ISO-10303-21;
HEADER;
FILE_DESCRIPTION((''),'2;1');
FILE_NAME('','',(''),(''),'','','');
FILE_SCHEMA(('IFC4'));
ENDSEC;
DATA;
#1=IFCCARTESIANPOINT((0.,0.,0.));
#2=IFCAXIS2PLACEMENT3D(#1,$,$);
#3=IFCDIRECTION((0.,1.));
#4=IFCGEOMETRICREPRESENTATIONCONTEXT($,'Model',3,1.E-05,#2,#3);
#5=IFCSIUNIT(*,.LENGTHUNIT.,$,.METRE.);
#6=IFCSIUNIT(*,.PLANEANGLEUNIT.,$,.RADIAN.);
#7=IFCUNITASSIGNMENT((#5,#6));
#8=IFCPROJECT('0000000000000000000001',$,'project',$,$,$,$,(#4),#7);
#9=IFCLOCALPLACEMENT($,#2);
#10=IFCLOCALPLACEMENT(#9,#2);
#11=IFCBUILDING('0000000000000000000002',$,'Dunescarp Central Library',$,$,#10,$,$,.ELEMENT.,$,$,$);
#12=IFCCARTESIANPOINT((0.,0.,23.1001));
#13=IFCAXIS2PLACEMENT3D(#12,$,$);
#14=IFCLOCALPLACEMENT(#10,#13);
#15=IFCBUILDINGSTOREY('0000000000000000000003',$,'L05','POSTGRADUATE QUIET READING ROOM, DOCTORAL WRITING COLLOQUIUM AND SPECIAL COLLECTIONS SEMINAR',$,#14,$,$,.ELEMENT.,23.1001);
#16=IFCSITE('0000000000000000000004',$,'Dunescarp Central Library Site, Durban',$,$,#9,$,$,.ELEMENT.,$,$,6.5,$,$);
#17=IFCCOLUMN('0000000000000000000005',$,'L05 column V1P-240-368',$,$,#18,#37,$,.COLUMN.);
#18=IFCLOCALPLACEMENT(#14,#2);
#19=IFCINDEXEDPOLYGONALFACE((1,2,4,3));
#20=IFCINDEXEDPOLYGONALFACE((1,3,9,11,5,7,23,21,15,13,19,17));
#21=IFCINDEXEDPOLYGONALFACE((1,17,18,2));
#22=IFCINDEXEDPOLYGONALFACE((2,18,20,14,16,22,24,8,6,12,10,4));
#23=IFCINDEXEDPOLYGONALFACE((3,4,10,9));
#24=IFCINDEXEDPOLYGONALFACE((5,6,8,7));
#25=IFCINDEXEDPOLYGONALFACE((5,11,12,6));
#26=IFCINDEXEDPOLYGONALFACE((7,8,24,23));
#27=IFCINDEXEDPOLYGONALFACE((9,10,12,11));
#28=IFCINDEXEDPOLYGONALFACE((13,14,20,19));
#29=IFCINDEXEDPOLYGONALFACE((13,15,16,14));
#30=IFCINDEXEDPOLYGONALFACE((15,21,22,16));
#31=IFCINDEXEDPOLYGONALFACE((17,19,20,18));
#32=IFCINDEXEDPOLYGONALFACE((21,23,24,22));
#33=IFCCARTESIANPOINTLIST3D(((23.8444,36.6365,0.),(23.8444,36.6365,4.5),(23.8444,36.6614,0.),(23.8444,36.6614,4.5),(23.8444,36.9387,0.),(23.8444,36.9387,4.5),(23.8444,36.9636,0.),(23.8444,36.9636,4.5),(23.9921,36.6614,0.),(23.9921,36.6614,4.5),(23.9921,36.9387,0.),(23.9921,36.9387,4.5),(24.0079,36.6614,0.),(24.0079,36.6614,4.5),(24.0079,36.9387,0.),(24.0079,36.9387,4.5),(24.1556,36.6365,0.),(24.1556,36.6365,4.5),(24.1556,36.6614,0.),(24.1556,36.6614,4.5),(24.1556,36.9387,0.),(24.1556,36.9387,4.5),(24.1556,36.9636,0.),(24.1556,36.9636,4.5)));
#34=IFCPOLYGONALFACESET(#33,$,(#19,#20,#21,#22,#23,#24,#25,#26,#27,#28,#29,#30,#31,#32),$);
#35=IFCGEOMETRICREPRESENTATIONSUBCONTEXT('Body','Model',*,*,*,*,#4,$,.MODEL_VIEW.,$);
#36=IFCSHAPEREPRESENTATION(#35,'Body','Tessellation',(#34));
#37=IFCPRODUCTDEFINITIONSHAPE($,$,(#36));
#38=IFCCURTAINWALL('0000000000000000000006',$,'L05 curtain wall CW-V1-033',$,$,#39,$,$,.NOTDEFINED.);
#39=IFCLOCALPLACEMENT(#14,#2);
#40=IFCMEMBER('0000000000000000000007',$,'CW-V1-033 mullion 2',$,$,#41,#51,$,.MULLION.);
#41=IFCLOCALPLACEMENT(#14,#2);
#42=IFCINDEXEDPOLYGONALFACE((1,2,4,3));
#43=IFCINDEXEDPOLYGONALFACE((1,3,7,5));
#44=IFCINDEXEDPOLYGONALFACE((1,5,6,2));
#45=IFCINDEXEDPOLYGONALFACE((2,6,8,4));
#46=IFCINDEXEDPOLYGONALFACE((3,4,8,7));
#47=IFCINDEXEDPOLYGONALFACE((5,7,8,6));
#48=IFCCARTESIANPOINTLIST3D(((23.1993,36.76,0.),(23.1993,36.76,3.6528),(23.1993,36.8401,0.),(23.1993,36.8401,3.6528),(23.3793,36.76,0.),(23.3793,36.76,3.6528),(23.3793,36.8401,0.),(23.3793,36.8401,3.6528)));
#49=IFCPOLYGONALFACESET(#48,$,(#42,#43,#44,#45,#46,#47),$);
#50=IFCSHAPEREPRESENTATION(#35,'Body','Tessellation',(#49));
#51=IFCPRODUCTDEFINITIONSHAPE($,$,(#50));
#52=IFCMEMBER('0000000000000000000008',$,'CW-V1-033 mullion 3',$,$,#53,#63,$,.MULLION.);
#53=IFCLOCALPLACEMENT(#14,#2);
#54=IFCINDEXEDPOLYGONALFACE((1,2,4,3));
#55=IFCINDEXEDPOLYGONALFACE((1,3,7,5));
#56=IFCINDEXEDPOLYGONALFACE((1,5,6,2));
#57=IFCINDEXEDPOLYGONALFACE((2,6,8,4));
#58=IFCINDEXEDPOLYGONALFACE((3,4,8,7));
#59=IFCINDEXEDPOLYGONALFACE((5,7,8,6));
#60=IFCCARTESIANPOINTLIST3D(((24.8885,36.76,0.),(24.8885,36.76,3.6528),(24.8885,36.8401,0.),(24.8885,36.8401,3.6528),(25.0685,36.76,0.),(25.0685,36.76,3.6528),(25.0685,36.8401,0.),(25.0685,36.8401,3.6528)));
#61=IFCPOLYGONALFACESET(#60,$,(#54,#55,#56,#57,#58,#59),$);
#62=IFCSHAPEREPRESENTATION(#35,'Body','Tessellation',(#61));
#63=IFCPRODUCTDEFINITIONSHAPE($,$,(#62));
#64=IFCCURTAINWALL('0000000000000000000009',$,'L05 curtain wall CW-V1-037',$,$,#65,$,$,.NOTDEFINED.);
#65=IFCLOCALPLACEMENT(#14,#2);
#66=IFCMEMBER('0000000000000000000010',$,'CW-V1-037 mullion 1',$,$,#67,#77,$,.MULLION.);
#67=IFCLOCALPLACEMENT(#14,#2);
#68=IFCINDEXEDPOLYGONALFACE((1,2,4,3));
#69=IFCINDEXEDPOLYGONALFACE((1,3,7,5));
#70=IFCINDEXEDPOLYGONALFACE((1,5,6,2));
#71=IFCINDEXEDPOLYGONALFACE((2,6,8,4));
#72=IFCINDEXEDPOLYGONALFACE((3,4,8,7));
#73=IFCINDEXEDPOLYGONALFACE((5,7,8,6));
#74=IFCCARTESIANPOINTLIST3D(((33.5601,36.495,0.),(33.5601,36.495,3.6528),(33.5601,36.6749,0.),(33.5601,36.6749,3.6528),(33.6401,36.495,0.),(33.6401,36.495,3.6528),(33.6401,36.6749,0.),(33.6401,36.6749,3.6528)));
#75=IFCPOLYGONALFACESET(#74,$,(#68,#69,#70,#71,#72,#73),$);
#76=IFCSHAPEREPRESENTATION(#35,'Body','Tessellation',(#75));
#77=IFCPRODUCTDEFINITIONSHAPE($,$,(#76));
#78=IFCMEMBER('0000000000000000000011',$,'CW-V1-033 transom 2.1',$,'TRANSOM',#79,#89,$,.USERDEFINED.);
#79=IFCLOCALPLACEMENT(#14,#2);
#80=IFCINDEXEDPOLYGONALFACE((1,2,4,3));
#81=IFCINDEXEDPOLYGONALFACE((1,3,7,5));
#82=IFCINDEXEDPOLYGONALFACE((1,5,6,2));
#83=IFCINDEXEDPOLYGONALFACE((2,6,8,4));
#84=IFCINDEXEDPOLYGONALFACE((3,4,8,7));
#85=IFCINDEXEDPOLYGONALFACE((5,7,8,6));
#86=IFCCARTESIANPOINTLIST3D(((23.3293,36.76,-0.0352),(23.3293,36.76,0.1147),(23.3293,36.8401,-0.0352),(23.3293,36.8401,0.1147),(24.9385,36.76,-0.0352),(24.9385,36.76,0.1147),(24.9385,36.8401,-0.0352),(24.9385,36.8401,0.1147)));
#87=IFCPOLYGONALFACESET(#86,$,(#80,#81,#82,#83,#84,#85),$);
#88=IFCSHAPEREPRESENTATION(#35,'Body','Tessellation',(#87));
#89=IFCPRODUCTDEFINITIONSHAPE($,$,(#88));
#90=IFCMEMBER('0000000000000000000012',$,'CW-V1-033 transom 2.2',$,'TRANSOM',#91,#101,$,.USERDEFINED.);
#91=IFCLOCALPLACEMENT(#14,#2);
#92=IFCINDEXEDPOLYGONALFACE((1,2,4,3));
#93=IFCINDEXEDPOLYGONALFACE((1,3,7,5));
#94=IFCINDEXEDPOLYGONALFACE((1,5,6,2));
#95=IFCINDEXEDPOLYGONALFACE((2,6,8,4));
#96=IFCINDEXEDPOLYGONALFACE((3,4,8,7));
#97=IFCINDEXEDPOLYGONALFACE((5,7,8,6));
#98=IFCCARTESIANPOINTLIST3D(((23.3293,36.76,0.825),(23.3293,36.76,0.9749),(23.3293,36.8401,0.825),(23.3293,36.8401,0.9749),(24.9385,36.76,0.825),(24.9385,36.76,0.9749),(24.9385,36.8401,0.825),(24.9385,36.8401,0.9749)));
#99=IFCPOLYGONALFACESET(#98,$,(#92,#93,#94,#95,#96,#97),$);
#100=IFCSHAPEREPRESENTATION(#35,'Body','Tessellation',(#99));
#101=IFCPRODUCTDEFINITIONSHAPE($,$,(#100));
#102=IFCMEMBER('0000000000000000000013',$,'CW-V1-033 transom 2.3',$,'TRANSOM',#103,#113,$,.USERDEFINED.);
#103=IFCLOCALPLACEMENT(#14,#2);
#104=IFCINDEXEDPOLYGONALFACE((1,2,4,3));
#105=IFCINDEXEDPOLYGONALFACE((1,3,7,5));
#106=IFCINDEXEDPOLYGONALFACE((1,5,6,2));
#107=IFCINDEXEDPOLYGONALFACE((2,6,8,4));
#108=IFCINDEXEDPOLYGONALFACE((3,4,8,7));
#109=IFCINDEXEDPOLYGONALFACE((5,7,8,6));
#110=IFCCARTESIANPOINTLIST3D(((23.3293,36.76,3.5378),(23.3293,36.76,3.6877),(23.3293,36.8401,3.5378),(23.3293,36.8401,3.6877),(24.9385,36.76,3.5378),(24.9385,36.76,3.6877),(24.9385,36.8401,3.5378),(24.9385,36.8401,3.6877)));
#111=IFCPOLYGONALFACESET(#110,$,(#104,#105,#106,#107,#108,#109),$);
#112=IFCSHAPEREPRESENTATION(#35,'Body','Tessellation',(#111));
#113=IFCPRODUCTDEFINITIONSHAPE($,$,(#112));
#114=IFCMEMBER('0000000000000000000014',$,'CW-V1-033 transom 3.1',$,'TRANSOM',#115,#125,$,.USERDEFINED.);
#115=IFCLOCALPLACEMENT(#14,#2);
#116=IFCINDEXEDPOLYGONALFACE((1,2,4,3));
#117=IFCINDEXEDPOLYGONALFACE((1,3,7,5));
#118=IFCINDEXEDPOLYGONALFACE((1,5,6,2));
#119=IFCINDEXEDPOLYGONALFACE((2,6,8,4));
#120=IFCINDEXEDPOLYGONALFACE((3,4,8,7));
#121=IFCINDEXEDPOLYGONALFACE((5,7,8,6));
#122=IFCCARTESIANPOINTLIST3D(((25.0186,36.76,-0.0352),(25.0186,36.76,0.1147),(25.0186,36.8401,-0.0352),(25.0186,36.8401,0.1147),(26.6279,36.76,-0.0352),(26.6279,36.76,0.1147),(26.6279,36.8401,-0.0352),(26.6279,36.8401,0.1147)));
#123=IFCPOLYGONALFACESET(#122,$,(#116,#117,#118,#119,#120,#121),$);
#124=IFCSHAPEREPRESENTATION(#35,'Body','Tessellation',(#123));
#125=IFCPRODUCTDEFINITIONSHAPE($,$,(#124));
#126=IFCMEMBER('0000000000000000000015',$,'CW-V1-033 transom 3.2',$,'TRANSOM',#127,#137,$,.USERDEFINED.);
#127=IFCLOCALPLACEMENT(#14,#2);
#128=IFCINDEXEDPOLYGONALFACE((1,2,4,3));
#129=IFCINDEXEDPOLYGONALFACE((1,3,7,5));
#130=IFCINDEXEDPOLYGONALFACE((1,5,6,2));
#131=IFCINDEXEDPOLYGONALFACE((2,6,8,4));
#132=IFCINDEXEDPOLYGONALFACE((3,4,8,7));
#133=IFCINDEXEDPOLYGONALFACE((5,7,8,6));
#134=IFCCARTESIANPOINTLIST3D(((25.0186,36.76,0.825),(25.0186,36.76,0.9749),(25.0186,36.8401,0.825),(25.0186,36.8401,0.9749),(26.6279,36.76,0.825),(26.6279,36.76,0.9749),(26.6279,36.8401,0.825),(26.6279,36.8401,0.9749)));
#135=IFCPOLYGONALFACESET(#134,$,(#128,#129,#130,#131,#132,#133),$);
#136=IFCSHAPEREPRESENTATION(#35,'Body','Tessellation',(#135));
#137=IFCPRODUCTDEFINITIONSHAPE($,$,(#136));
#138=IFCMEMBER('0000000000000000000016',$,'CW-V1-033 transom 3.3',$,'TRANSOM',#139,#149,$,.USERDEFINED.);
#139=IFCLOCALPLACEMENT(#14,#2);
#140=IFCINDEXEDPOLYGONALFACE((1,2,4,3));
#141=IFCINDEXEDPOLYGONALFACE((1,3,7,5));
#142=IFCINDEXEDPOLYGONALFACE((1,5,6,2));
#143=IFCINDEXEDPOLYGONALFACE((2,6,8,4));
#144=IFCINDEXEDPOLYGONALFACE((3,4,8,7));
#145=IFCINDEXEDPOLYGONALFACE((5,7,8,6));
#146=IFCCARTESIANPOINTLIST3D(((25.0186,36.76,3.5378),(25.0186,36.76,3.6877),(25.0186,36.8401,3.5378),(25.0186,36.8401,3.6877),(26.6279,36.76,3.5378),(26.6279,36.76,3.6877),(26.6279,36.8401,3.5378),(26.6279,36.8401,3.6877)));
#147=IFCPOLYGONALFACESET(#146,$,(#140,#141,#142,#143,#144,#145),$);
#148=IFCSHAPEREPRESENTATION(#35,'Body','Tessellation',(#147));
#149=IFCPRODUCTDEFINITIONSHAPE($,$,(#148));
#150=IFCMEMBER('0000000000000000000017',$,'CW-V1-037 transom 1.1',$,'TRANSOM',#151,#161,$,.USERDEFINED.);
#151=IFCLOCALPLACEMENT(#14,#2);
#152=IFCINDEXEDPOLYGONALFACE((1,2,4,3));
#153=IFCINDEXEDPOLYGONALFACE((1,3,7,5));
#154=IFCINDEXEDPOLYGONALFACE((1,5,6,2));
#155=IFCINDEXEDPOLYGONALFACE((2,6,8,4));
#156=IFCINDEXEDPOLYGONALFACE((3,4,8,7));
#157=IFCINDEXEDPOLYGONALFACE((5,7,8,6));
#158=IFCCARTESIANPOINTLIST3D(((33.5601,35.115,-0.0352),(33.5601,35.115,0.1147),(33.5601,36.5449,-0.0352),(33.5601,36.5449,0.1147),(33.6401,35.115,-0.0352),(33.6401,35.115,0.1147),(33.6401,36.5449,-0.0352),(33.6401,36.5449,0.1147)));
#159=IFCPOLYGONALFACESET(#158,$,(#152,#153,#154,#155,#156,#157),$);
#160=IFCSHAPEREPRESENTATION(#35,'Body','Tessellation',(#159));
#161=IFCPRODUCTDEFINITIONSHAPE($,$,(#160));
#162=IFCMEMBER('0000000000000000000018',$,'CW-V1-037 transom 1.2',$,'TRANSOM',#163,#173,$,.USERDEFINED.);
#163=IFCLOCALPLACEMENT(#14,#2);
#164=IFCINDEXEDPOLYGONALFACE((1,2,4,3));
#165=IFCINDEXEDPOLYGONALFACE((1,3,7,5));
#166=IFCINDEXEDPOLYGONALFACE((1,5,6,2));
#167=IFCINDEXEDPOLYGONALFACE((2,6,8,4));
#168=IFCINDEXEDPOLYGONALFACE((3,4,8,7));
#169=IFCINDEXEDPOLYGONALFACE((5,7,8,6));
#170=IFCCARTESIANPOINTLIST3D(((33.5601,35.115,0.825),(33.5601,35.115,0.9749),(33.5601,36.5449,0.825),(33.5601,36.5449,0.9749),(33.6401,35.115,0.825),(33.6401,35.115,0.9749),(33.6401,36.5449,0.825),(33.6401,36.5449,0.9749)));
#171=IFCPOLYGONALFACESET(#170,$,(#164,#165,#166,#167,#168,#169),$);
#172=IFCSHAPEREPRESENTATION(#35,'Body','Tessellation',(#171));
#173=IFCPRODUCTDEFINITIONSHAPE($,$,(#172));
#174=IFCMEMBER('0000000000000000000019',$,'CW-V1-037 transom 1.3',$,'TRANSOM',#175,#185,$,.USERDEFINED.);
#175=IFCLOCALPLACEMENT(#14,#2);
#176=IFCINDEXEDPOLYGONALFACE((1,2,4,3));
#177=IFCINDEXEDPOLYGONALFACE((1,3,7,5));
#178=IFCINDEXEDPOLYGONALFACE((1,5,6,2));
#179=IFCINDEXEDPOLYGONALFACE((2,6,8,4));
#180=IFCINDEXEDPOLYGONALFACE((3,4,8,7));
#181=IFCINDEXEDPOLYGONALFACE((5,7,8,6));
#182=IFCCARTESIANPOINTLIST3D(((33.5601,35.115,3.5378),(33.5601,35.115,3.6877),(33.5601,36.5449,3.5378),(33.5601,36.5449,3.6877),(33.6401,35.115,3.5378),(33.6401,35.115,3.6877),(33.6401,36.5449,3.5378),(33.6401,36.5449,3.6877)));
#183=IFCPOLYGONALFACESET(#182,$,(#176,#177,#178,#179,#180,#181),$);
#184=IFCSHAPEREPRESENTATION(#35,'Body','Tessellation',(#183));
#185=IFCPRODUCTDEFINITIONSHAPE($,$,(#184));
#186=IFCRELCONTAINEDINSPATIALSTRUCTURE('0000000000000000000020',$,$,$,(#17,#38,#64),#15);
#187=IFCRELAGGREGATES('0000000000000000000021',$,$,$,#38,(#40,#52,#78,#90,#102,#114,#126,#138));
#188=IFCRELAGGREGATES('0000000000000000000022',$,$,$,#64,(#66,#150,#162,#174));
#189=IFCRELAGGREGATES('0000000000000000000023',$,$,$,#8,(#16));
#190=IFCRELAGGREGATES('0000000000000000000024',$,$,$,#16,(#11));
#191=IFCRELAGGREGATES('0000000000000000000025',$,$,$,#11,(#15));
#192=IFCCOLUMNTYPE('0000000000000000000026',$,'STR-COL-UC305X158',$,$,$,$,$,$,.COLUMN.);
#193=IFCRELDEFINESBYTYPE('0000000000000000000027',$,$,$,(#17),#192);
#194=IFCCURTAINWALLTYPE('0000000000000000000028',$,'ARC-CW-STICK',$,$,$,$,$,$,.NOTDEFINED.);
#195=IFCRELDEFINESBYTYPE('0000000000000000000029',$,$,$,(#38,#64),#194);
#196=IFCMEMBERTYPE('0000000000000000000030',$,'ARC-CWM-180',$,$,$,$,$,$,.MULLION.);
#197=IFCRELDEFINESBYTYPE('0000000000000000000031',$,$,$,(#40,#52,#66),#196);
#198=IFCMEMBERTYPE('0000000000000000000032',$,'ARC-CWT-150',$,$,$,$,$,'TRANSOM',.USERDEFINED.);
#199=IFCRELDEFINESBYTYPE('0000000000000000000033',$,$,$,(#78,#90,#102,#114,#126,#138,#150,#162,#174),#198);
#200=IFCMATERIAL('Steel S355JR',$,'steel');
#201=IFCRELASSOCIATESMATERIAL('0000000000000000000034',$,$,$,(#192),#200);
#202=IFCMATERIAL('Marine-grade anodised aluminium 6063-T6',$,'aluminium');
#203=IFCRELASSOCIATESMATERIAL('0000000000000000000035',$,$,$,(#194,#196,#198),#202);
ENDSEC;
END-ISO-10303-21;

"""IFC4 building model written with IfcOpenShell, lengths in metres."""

from ifc_helpers import new_model, si_unit, direction, frame, origin, origin_2d, place, context, subcontext, project, spatial, rectangle, i_section, extrude, material, material_profile, profile_set, type_object, element, aggregate, save


model = new_model("IFC4")

# Units and contexts
model_context = context("Model", 3, precision=1e-05, world=origin(), true_north=direction((0.0, 1.0)))
body_context = subcontext(model_context, "Body", "Model", "MODEL_VIEW")
ifc_project = project(units=[si_unit("LENGTHUNIT", "METRE"), si_unit("PLANEANGLEUNIT", "RADIAN")], contexts=[model_context])

# Site, building, storey
site_placement = place(None, origin())
site = spatial("IfcSite", under=ifc_project, at=site_placement, Name="Dunescarp Central Library Site, Durban", CompositionType="ELEMENT", RefElevation=6.5)
building_placement = place(site_placement, origin())
building = spatial("IfcBuilding", under=site, at=building_placement, Name="Dunescarp Central Library", CompositionType="ELEMENT")
storey_placement = place(building_placement, frame((0.0, 0.0, 23.1001)))
storey = spatial("IfcBuildingStorey", under=building, at=storey_placement, Name="L05", Description="POSTGRADUATE QUIET READING ROOM, DOCTORAL WRITING COLLOQUIUM AND SPECIAL COLLECTIONS SEMINAR", CompositionType="ELEMENT", Elevation=23.1001)

# Column
ifc_material_1 = material(Name="Steel S355JR", Category="steel")
ifc_material_profile_1 = material_profile(ifc_material_1, i_section(OverallWidth=0.3113, OverallDepth=0.3271, WebThickness=0.0159, FlangeThickness=0.0249, at=origin_2d()), Name="UC 305x305x158")
ifc_profile_set_1 = profile_set([ifc_material_profile_1], Name="Steel S355JR")
column_type = type_object("IfcColumnType", Name="STR-COL-UC305X158", PredefinedType="COLUMN", material=ifc_profile_set_1)
column_placement = place(storey_placement, frame((24.0, 36.8, 0.0), z_axis=(0.0, 0.0, 1.0), x_axis=(1.0, 0.0, 0.0)))
element("IfcColumn", 1, at=column_placement, inside=storey, type_object=column_type, Name="L05 column V1P-240-368", PredefinedType="COLUMN", context=body_context, shape_type="SweptSolid", body=[
    extrude(i_section(OverallWidth=0.3113, OverallDepth=0.3271, WebThickness=0.0159, FlangeThickness=0.0249, at=origin_2d()), origin(), (0.0, 0.0, 1.0), 4.5),
])

# Curtain wall, members
ifc_material_2 = material(Name="Marine-grade anodised aluminium 6063-T6", Category="aluminium")
curtain_wall_type = type_object("IfcCurtainWallType", Name="ARC-CW-STICK", PredefinedType="NOTDEFINED", material=ifc_material_2)
curtain_wall_1_placement = place(storey_placement, origin())
curtain_wall_1 = element("IfcCurtainWall", 2, at=curtain_wall_1_placement, inside=storey, type_object=curtain_wall_type, Name="L05 curtain wall CW-V1-033", PredefinedType="NOTDEFINED")
ifc_material_profile_2 = material_profile(ifc_material_2, rectangle(XDim=0.0801, YDim=0.1799, at=origin_2d()), Name="AL 80x180")
ifc_profile_set_2 = profile_set([ifc_material_profile_2], Name="Marine-grade anodised aluminium 6063-T6")
member_type_1 = type_object("IfcMemberType", Name="ARC-CWM-180", PredefinedType="MULLION", material=ifc_profile_set_2)
member_1_placement = place(storey_placement, frame((23.2893, 36.8, 0.0), z_axis=(0.0, 0.0, 1.0), x_axis=(0.0, 1.0, 0.0)))
member_1 = element("IfcMember", 3, at=member_1_placement, type_object=member_type_1, Name="CW-V1-033 mullion 2", PredefinedType="MULLION", context=body_context, shape_type="SweptSolid", body=[
    extrude(rectangle(XDim=0.0801, YDim=0.1799, at=origin_2d()), origin(), (0.0, 0.0, 1.0), 3.6528),
])
member_2_placement = place(storey_placement, frame((24.9785, 36.8, 0.0), z_axis=(0.0, 0.0, 1.0), x_axis=(0.0, 1.0, 0.0)))
member_2 = element("IfcMember", 4, at=member_2_placement, type_object=member_type_1, Name="CW-V1-033 mullion 3", PredefinedType="MULLION", context=body_context, shape_type="SweptSolid", body=[
    extrude(rectangle(XDim=0.0801, YDim=0.1799, at=origin_2d()), origin(), (0.0, 0.0, 1.0), 3.6528),
])

# Curtain wall, member
curtain_wall_2_placement = place(storey_placement, origin())
curtain_wall_2 = element("IfcCurtainWall", 5, at=curtain_wall_2_placement, inside=storey, type_object=curtain_wall_type, Name="L05 curtain wall CW-V1-037", PredefinedType="NOTDEFINED")
member_3_placement = place(storey_placement, frame((33.6001, 36.585, 0.0), z_axis=(0.0, 0.0, 1.0), x_axis=(1.0, 0.0, 0.0)))
member_3 = element("IfcMember", 6, at=member_3_placement, type_object=member_type_1, Name="CW-V1-037 mullion 1", PredefinedType="MULLION", context=body_context, shape_type="SweptSolid", body=[
    extrude(rectangle(XDim=0.0801, YDim=0.1799, at=origin_2d()), origin(), (0.0, 0.0, 1.0), 3.6528),
])

# Members
ifc_material_profile_3 = material_profile(ifc_material_2, rectangle(XDim=0.0801, YDim=0.1499, at=origin_2d()), Name="AL 80x150")
ifc_profile_set_3 = profile_set([ifc_material_profile_3], Name="Marine-grade anodised aluminium 6063-T6")
member_type_2 = type_object("IfcMemberType", Name="ARC-CWT-150", ElementType="TRANSOM", PredefinedType="USERDEFINED", material=ifc_profile_set_3)
member_4_placement = place(storey_placement, frame((23.3293, 36.8, 0.0398), z_axis=(1.0, 0.0, 0.0), x_axis=(0.0, 1.0, 0.0)))
member_4 = element("IfcMember", 7, at=member_4_placement, type_object=member_type_2, Name="CW-V1-033 transom 2.1", ObjectType="TRANSOM", PredefinedType="USERDEFINED", context=body_context, shape_type="SweptSolid", body=[
    extrude(rectangle(XDim=0.0801, YDim=0.1499, at=origin_2d()), origin(), (0.0, 0.0, 1.0), 1.6091),
])
member_5_placement = place(storey_placement, frame((23.3293, 36.8, 0.8999), z_axis=(1.0, 0.0, 0.0), x_axis=(0.0, 1.0, 0.0)))
member_5 = element("IfcMember", 8, at=member_5_placement, type_object=member_type_2, Name="CW-V1-033 transom 2.2", ObjectType="TRANSOM", PredefinedType="USERDEFINED", context=body_context, shape_type="SweptSolid", body=[
    extrude(rectangle(XDim=0.0801, YDim=0.1499, at=origin_2d()), origin(), (0.0, 0.0, 1.0), 1.6091),
])
member_6_placement = place(storey_placement, frame((23.3293, 36.8, 3.6128), z_axis=(1.0, 0.0, 0.0), x_axis=(0.0, 1.0, 0.0)))
member_6 = element("IfcMember", 9, at=member_6_placement, type_object=member_type_2, Name="CW-V1-033 transom 2.3", ObjectType="TRANSOM", PredefinedType="USERDEFINED", context=body_context, shape_type="SweptSolid", body=[
    extrude(rectangle(XDim=0.0801, YDim=0.1499, at=origin_2d()), origin(), (0.0, 0.0, 1.0), 1.6091),
])
member_7_placement = place(storey_placement, frame((25.0186, 36.8, 0.0398), z_axis=(1.0, 0.0, 0.0), x_axis=(0.0, 1.0, 0.0)))
member_7 = element("IfcMember", 10, at=member_7_placement, type_object=member_type_2, Name="CW-V1-033 transom 3.1", ObjectType="TRANSOM", PredefinedType="USERDEFINED", context=body_context, shape_type="SweptSolid", body=[
    extrude(rectangle(XDim=0.0801, YDim=0.1499, at=origin_2d()), origin(), (0.0, 0.0, 1.0), 1.6094),
])
member_8_placement = place(storey_placement, frame((25.0186, 36.8, 0.8999), z_axis=(1.0, 0.0, 0.0), x_axis=(0.0, 1.0, 0.0)))
member_8 = element("IfcMember", 11, at=member_8_placement, type_object=member_type_2, Name="CW-V1-033 transom 3.2", ObjectType="TRANSOM", PredefinedType="USERDEFINED", context=body_context, shape_type="SweptSolid", body=[
    extrude(rectangle(XDim=0.0801, YDim=0.1499, at=origin_2d()), origin(), (0.0, 0.0, 1.0), 1.6094),
])
member_9_placement = place(storey_placement, frame((25.0186, 36.8, 3.6128), z_axis=(1.0, 0.0, 0.0), x_axis=(0.0, 1.0, 0.0)))
member_9 = element("IfcMember", 12, at=member_9_placement, type_object=member_type_2, Name="CW-V1-033 transom 3.3", ObjectType="TRANSOM", PredefinedType="USERDEFINED", context=body_context, shape_type="SweptSolid", body=[
    extrude(rectangle(XDim=0.0801, YDim=0.1499, at=origin_2d()), origin(), (0.0, 0.0, 1.0), 1.6094),
])
member_10_placement = place(storey_placement, frame((33.6001, 36.5449, 0.0398), z_axis=(0.0, -1.0, 0.0), x_axis=(1.0, 0.0, 0.0)))
member_10 = element("IfcMember", 13, at=member_10_placement, type_object=member_type_2, Name="CW-V1-037 transom 1.1", ObjectType="TRANSOM", PredefinedType="USERDEFINED", context=body_context, shape_type="SweptSolid", body=[
    extrude(rectangle(XDim=0.0801, YDim=0.1499, at=origin_2d()), origin(), (0.0, 0.0, 1.0), 1.4299),
])
member_11_placement = place(storey_placement, frame((33.6001, 36.5449, 0.8999), z_axis=(0.0, -1.0, 0.0), x_axis=(1.0, 0.0, 0.0)))
member_11 = element("IfcMember", 14, at=member_11_placement, type_object=member_type_2, Name="CW-V1-037 transom 1.2", ObjectType="TRANSOM", PredefinedType="USERDEFINED", context=body_context, shape_type="SweptSolid", body=[
    extrude(rectangle(XDim=0.0801, YDim=0.1499, at=origin_2d()), origin(), (0.0, 0.0, 1.0), 1.4299),
])
member_12_placement = place(storey_placement, frame((33.6001, 36.5449, 3.6128), z_axis=(0.0, -1.0, 0.0), x_axis=(1.0, 0.0, 0.0)))
member_12 = element("IfcMember", 15, at=member_12_placement, type_object=member_type_2, Name="CW-V1-037 transom 1.3", ObjectType="TRANSOM", PredefinedType="USERDEFINED", context=body_context, shape_type="SweptSolid", body=[
    extrude(rectangle(XDim=0.0801, YDim=0.1499, at=origin_2d()), origin(), (0.0, 0.0, 1.0), 1.4299),
])

aggregate(curtain_wall_1, [member_1, member_2, member_4, member_5, member_6, member_7, member_8, member_9])
aggregate(curtain_wall_2, [member_3, member_10, member_11, member_12])

save(model, "model.ifc")
